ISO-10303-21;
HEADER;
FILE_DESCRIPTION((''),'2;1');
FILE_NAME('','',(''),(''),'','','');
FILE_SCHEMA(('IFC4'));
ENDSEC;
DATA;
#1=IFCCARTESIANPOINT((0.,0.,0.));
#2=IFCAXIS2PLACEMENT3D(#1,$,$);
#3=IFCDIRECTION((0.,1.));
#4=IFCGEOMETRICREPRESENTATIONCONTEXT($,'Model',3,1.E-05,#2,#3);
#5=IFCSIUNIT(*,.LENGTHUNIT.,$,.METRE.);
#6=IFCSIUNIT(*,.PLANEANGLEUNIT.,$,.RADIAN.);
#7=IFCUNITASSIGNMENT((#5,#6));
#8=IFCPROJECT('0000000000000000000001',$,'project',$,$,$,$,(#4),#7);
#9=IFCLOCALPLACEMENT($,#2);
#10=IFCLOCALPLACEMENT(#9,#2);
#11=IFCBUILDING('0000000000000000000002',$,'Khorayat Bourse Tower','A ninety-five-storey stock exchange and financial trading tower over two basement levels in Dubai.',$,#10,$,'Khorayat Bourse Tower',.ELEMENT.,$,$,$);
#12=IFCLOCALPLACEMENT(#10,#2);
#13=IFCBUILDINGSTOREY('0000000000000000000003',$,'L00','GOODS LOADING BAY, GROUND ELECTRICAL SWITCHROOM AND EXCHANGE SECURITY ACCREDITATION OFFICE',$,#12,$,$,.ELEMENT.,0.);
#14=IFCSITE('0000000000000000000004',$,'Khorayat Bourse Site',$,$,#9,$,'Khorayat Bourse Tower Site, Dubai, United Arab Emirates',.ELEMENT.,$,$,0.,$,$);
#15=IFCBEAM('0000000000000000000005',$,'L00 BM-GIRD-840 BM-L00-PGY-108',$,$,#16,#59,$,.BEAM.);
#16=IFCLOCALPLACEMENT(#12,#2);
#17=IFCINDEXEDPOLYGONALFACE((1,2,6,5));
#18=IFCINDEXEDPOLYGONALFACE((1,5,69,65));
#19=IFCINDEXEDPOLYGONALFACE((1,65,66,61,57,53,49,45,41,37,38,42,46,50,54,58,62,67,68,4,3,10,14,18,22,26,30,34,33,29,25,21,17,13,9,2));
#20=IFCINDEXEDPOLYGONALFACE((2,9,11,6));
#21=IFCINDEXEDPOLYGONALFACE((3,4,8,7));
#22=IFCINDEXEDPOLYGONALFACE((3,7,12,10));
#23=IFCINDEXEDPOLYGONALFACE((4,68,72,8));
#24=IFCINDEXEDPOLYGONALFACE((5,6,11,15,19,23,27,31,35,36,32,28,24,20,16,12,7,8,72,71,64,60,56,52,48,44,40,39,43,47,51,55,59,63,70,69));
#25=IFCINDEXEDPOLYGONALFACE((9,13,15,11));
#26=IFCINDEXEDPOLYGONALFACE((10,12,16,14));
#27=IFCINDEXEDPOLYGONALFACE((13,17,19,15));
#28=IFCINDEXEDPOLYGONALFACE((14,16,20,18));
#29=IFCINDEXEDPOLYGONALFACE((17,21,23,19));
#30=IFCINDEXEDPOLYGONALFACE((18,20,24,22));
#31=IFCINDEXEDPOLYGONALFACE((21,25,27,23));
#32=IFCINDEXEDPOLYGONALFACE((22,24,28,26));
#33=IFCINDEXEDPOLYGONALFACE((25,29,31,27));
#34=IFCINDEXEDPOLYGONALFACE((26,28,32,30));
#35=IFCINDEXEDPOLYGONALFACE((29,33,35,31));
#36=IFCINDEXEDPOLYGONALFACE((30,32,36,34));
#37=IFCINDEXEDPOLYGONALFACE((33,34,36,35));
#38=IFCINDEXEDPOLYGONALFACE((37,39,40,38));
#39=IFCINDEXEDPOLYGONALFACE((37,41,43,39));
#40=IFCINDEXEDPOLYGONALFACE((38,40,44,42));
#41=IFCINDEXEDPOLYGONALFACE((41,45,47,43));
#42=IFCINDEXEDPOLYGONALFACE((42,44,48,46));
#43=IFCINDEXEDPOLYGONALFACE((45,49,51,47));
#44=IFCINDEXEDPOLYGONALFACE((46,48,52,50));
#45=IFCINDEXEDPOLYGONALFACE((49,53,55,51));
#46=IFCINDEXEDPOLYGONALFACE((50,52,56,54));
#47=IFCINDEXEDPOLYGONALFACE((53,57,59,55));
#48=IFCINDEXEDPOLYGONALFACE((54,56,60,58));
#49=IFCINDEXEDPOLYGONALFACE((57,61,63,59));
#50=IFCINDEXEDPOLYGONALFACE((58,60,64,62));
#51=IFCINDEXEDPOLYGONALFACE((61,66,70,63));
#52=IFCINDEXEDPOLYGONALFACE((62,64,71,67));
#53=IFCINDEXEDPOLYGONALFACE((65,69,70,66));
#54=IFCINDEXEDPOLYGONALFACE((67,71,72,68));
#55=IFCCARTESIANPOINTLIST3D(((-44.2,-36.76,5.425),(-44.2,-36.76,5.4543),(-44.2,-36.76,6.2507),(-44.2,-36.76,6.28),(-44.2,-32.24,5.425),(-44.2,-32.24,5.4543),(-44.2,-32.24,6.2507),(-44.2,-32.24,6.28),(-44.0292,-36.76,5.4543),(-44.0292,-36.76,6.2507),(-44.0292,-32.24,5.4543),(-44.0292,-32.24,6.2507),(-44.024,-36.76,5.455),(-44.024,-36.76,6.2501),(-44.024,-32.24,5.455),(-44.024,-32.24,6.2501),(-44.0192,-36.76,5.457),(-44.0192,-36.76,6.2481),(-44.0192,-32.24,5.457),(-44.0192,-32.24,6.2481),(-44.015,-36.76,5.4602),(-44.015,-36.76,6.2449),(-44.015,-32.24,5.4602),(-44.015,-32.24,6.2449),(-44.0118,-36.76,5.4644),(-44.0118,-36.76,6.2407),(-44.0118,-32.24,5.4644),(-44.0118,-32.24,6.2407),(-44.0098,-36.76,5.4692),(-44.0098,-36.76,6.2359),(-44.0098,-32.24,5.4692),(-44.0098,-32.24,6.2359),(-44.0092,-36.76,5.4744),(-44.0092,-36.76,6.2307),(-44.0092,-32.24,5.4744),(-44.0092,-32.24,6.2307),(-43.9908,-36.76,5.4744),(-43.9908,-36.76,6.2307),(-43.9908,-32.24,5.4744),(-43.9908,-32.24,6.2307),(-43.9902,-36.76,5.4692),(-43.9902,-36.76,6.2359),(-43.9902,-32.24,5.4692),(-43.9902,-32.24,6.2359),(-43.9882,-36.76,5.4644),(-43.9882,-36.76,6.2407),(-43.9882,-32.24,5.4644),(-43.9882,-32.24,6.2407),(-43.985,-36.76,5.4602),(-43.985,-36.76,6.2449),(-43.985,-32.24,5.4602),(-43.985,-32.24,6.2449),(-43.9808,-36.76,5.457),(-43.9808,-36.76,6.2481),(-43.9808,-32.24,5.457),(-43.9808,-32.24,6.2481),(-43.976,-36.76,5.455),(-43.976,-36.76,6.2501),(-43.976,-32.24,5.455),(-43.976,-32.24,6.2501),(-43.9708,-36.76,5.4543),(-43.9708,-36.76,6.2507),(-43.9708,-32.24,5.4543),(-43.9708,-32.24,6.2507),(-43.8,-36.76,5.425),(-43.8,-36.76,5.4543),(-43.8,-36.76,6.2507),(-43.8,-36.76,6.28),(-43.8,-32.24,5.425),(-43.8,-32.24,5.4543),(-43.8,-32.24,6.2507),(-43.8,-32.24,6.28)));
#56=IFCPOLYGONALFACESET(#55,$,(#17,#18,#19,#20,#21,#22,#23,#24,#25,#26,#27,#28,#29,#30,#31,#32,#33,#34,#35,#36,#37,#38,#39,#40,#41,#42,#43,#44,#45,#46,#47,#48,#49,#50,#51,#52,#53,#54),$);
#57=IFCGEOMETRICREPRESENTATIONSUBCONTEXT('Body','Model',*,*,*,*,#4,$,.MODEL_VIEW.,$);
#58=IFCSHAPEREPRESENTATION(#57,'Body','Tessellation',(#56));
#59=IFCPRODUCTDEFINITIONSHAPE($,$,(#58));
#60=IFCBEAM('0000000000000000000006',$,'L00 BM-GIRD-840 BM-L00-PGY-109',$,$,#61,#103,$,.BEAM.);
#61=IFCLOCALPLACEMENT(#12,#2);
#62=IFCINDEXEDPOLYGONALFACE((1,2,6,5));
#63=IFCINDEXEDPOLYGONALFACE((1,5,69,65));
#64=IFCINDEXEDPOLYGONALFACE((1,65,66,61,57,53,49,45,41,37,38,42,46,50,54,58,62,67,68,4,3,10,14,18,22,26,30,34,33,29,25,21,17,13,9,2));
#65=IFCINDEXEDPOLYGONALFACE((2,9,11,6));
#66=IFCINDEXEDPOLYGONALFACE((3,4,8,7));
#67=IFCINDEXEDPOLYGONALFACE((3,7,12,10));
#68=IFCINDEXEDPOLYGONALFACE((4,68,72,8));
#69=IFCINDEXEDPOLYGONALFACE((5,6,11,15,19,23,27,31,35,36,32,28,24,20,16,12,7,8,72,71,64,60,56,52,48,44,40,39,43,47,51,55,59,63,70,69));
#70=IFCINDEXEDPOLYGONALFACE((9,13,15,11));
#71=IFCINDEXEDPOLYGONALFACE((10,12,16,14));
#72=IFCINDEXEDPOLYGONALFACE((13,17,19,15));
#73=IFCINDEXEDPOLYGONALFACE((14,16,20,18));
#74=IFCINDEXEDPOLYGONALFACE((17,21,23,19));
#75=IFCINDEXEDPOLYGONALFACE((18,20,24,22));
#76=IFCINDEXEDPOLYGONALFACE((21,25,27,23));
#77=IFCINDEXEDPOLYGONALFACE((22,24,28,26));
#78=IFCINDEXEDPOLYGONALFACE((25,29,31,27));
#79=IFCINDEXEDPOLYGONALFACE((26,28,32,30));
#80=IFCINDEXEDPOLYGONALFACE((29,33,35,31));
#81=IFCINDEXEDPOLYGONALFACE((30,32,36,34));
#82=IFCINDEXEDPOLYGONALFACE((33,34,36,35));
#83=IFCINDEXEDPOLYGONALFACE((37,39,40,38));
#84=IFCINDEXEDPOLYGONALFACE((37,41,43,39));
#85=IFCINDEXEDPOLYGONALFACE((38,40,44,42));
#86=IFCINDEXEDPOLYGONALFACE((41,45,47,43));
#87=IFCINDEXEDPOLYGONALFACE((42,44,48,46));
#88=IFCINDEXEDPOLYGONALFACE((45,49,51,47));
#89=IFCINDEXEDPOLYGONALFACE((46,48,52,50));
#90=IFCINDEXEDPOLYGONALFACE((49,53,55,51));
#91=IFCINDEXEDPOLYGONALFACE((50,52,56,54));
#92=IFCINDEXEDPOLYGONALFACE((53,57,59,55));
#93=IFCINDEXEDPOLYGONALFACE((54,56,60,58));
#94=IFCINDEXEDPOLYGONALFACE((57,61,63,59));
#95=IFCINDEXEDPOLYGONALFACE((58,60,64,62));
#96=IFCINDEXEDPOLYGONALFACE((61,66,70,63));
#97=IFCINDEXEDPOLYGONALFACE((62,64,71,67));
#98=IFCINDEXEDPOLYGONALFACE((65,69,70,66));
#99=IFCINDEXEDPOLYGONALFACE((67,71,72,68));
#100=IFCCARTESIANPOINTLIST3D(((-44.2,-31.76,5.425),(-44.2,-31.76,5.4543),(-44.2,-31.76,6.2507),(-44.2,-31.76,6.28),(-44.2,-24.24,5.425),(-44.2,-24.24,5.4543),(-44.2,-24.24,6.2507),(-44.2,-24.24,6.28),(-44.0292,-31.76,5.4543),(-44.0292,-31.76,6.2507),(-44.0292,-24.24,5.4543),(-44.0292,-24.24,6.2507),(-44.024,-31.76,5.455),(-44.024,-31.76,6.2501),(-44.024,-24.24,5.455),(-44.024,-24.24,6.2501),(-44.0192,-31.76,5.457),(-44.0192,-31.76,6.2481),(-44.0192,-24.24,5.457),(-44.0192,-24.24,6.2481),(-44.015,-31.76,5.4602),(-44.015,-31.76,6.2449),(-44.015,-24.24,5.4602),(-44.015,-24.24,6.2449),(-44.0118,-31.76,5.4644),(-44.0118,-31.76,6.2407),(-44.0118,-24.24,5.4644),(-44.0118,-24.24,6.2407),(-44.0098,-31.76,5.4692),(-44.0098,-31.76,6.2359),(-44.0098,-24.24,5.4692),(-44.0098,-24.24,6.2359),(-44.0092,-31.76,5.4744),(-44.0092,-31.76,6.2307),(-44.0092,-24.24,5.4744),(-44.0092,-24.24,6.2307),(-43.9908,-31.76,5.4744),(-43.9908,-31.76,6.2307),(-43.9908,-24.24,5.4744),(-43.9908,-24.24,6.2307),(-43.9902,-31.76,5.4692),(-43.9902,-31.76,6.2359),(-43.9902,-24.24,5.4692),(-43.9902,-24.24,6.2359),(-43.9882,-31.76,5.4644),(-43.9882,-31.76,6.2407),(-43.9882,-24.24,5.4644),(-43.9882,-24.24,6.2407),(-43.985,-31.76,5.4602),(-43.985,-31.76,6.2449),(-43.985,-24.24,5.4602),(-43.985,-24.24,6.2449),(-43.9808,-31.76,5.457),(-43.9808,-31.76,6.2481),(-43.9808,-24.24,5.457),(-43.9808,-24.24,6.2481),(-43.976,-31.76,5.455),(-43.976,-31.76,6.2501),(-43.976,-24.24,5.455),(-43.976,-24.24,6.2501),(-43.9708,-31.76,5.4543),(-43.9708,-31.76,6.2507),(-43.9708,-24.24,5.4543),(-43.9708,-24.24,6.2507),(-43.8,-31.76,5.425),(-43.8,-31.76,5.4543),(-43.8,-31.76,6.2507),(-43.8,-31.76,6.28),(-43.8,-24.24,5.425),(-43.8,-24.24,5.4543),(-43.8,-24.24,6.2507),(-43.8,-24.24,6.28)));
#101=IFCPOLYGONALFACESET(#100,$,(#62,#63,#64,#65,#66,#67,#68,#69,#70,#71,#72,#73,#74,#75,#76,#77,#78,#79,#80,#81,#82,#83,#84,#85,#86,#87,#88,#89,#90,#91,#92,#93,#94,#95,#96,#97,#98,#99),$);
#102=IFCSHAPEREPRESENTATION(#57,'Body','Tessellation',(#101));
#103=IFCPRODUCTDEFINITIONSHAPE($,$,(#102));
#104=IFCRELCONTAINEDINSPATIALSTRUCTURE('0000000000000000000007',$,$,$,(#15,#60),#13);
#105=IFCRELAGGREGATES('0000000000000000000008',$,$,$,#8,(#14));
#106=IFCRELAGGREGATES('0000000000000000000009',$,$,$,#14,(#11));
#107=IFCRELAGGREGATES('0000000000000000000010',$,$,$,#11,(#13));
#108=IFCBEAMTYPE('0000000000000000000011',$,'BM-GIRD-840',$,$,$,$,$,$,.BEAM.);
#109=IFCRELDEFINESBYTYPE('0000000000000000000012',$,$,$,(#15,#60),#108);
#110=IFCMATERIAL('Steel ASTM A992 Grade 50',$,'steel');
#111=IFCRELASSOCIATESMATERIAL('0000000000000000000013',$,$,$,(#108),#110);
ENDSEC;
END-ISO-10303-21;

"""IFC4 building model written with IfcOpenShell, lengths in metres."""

from ifc_helpers import new_model, si_unit, direction, frame, origin, origin_2d, place, context, subcontext, project, spatial, i_section, extrude, source, transform, mapped, material, material_profile, profile_set, type_object, element, save


model = new_model("IFC4")

# Units and contexts
model_context = context("Model", 3, precision=1e-05, world=origin(), true_north=direction((0.0, 1.0)))
body_context = subcontext(model_context, "Body", "Model", "MODEL_VIEW")
ifc_project = project(units=[si_unit("LENGTHUNIT", "METRE"), si_unit("PLANEANGLEUNIT", "RADIAN")], contexts=[model_context])

# Site, building, storey
site_placement = place(None, origin())
site = spatial("IfcSite", under=ifc_project, at=site_placement, Name="Khorayat Bourse Site", LongName="Khorayat Bourse Tower Site, Dubai, United Arab Emirates", CompositionType="ELEMENT", RefElevation=0.0)
building_placement = place(site_placement, origin())
building = spatial("IfcBuilding", under=site, at=building_placement, Name="Khorayat Bourse Tower", Description="A ninety-five-storey stock exchange and financial trading tower over two basement levels in Dubai.", LongName="Khorayat Bourse Tower", CompositionType="ELEMENT")
storey_placement = place(building_placement, origin())
storey = spatial("IfcBuildingStorey", under=building, at=storey_placement, Name="L00", Description="GOODS LOADING BAY, GROUND ELECTRICAL SWITCHROOM AND EXCHANGE SECURITY ACCREDITATION OFFICE", CompositionType="ELEMENT", Elevation=0.0)

# Beams
ifc_material_1 = material(Name="Steel ASTM A992 Grade 50", Category="steel")
ifc_material_profile_1 = material_profile(ifc_material_1, i_section(OverallWidth=0.3999, OverallDepth=0.855, WebThickness=0.0183, FlangeThickness=0.0293, FilletRadius=0.02, at=origin_2d()), Name="W840X299")
ifc_profile_set_1 = profile_set([ifc_material_profile_1], Name="Steel ASTM A992 Grade 50")
beam_type_1 = type_object("IfcBeamType", Name="BM-GIRD-840", PredefinedType="BEAM", material=ifc_profile_set_1)
shared_shape_1 = source(origin(), body_context, "Body", "SweptSolid", [
    extrude(i_section(OverallWidth=0.3999, OverallDepth=0.855, WebThickness=0.0183, FlangeThickness=0.0293, FilletRadius=0.02, at=origin_2d()), origin(), (0.0, 0.0, 1.0), 4.52),
])
beam_1_placement = place(storey_placement, frame((-44.0, -36.76, 5.8525), z_axis=(0.0, 1.0, 0.0), x_axis=(-1.0, 0.0, 0.0)))
element("IfcBeam", 1, at=beam_1_placement, inside=storey, type_object=beam_type_1, Name="L00 BM-GIRD-840 BM-L00-PGY-108", PredefinedType="BEAM", context=body_context, shape_type="MappedRepresentation", body=[
    mapped(shared_shape_1, transform((0.0, 0.0, 0.0), scale=1.0)),
])
shared_shape_2 = source(origin(), body_context, "Body", "SweptSolid", [
    extrude(i_section(OverallWidth=0.3999, OverallDepth=0.855, WebThickness=0.0183, FlangeThickness=0.0293, FilletRadius=0.02, at=origin_2d()), origin(), (0.0, 0.0, 1.0), 7.52),
])
beam_2_placement = place(storey_placement, frame((-44.0, -31.76, 5.8525), z_axis=(0.0, 1.0, 0.0), x_axis=(-1.0, 0.0, 0.0)))
element("IfcBeam", 2, at=beam_2_placement, inside=storey, type_object=beam_type_1, Name="L00 BM-GIRD-840 BM-L00-PGY-109", PredefinedType="BEAM", context=body_context, shape_type="MappedRepresentation", body=[
    mapped(shared_shape_2, transform((0.0, 0.0, 0.0), scale=1.0)),
])

save(model, "model.ifc")
